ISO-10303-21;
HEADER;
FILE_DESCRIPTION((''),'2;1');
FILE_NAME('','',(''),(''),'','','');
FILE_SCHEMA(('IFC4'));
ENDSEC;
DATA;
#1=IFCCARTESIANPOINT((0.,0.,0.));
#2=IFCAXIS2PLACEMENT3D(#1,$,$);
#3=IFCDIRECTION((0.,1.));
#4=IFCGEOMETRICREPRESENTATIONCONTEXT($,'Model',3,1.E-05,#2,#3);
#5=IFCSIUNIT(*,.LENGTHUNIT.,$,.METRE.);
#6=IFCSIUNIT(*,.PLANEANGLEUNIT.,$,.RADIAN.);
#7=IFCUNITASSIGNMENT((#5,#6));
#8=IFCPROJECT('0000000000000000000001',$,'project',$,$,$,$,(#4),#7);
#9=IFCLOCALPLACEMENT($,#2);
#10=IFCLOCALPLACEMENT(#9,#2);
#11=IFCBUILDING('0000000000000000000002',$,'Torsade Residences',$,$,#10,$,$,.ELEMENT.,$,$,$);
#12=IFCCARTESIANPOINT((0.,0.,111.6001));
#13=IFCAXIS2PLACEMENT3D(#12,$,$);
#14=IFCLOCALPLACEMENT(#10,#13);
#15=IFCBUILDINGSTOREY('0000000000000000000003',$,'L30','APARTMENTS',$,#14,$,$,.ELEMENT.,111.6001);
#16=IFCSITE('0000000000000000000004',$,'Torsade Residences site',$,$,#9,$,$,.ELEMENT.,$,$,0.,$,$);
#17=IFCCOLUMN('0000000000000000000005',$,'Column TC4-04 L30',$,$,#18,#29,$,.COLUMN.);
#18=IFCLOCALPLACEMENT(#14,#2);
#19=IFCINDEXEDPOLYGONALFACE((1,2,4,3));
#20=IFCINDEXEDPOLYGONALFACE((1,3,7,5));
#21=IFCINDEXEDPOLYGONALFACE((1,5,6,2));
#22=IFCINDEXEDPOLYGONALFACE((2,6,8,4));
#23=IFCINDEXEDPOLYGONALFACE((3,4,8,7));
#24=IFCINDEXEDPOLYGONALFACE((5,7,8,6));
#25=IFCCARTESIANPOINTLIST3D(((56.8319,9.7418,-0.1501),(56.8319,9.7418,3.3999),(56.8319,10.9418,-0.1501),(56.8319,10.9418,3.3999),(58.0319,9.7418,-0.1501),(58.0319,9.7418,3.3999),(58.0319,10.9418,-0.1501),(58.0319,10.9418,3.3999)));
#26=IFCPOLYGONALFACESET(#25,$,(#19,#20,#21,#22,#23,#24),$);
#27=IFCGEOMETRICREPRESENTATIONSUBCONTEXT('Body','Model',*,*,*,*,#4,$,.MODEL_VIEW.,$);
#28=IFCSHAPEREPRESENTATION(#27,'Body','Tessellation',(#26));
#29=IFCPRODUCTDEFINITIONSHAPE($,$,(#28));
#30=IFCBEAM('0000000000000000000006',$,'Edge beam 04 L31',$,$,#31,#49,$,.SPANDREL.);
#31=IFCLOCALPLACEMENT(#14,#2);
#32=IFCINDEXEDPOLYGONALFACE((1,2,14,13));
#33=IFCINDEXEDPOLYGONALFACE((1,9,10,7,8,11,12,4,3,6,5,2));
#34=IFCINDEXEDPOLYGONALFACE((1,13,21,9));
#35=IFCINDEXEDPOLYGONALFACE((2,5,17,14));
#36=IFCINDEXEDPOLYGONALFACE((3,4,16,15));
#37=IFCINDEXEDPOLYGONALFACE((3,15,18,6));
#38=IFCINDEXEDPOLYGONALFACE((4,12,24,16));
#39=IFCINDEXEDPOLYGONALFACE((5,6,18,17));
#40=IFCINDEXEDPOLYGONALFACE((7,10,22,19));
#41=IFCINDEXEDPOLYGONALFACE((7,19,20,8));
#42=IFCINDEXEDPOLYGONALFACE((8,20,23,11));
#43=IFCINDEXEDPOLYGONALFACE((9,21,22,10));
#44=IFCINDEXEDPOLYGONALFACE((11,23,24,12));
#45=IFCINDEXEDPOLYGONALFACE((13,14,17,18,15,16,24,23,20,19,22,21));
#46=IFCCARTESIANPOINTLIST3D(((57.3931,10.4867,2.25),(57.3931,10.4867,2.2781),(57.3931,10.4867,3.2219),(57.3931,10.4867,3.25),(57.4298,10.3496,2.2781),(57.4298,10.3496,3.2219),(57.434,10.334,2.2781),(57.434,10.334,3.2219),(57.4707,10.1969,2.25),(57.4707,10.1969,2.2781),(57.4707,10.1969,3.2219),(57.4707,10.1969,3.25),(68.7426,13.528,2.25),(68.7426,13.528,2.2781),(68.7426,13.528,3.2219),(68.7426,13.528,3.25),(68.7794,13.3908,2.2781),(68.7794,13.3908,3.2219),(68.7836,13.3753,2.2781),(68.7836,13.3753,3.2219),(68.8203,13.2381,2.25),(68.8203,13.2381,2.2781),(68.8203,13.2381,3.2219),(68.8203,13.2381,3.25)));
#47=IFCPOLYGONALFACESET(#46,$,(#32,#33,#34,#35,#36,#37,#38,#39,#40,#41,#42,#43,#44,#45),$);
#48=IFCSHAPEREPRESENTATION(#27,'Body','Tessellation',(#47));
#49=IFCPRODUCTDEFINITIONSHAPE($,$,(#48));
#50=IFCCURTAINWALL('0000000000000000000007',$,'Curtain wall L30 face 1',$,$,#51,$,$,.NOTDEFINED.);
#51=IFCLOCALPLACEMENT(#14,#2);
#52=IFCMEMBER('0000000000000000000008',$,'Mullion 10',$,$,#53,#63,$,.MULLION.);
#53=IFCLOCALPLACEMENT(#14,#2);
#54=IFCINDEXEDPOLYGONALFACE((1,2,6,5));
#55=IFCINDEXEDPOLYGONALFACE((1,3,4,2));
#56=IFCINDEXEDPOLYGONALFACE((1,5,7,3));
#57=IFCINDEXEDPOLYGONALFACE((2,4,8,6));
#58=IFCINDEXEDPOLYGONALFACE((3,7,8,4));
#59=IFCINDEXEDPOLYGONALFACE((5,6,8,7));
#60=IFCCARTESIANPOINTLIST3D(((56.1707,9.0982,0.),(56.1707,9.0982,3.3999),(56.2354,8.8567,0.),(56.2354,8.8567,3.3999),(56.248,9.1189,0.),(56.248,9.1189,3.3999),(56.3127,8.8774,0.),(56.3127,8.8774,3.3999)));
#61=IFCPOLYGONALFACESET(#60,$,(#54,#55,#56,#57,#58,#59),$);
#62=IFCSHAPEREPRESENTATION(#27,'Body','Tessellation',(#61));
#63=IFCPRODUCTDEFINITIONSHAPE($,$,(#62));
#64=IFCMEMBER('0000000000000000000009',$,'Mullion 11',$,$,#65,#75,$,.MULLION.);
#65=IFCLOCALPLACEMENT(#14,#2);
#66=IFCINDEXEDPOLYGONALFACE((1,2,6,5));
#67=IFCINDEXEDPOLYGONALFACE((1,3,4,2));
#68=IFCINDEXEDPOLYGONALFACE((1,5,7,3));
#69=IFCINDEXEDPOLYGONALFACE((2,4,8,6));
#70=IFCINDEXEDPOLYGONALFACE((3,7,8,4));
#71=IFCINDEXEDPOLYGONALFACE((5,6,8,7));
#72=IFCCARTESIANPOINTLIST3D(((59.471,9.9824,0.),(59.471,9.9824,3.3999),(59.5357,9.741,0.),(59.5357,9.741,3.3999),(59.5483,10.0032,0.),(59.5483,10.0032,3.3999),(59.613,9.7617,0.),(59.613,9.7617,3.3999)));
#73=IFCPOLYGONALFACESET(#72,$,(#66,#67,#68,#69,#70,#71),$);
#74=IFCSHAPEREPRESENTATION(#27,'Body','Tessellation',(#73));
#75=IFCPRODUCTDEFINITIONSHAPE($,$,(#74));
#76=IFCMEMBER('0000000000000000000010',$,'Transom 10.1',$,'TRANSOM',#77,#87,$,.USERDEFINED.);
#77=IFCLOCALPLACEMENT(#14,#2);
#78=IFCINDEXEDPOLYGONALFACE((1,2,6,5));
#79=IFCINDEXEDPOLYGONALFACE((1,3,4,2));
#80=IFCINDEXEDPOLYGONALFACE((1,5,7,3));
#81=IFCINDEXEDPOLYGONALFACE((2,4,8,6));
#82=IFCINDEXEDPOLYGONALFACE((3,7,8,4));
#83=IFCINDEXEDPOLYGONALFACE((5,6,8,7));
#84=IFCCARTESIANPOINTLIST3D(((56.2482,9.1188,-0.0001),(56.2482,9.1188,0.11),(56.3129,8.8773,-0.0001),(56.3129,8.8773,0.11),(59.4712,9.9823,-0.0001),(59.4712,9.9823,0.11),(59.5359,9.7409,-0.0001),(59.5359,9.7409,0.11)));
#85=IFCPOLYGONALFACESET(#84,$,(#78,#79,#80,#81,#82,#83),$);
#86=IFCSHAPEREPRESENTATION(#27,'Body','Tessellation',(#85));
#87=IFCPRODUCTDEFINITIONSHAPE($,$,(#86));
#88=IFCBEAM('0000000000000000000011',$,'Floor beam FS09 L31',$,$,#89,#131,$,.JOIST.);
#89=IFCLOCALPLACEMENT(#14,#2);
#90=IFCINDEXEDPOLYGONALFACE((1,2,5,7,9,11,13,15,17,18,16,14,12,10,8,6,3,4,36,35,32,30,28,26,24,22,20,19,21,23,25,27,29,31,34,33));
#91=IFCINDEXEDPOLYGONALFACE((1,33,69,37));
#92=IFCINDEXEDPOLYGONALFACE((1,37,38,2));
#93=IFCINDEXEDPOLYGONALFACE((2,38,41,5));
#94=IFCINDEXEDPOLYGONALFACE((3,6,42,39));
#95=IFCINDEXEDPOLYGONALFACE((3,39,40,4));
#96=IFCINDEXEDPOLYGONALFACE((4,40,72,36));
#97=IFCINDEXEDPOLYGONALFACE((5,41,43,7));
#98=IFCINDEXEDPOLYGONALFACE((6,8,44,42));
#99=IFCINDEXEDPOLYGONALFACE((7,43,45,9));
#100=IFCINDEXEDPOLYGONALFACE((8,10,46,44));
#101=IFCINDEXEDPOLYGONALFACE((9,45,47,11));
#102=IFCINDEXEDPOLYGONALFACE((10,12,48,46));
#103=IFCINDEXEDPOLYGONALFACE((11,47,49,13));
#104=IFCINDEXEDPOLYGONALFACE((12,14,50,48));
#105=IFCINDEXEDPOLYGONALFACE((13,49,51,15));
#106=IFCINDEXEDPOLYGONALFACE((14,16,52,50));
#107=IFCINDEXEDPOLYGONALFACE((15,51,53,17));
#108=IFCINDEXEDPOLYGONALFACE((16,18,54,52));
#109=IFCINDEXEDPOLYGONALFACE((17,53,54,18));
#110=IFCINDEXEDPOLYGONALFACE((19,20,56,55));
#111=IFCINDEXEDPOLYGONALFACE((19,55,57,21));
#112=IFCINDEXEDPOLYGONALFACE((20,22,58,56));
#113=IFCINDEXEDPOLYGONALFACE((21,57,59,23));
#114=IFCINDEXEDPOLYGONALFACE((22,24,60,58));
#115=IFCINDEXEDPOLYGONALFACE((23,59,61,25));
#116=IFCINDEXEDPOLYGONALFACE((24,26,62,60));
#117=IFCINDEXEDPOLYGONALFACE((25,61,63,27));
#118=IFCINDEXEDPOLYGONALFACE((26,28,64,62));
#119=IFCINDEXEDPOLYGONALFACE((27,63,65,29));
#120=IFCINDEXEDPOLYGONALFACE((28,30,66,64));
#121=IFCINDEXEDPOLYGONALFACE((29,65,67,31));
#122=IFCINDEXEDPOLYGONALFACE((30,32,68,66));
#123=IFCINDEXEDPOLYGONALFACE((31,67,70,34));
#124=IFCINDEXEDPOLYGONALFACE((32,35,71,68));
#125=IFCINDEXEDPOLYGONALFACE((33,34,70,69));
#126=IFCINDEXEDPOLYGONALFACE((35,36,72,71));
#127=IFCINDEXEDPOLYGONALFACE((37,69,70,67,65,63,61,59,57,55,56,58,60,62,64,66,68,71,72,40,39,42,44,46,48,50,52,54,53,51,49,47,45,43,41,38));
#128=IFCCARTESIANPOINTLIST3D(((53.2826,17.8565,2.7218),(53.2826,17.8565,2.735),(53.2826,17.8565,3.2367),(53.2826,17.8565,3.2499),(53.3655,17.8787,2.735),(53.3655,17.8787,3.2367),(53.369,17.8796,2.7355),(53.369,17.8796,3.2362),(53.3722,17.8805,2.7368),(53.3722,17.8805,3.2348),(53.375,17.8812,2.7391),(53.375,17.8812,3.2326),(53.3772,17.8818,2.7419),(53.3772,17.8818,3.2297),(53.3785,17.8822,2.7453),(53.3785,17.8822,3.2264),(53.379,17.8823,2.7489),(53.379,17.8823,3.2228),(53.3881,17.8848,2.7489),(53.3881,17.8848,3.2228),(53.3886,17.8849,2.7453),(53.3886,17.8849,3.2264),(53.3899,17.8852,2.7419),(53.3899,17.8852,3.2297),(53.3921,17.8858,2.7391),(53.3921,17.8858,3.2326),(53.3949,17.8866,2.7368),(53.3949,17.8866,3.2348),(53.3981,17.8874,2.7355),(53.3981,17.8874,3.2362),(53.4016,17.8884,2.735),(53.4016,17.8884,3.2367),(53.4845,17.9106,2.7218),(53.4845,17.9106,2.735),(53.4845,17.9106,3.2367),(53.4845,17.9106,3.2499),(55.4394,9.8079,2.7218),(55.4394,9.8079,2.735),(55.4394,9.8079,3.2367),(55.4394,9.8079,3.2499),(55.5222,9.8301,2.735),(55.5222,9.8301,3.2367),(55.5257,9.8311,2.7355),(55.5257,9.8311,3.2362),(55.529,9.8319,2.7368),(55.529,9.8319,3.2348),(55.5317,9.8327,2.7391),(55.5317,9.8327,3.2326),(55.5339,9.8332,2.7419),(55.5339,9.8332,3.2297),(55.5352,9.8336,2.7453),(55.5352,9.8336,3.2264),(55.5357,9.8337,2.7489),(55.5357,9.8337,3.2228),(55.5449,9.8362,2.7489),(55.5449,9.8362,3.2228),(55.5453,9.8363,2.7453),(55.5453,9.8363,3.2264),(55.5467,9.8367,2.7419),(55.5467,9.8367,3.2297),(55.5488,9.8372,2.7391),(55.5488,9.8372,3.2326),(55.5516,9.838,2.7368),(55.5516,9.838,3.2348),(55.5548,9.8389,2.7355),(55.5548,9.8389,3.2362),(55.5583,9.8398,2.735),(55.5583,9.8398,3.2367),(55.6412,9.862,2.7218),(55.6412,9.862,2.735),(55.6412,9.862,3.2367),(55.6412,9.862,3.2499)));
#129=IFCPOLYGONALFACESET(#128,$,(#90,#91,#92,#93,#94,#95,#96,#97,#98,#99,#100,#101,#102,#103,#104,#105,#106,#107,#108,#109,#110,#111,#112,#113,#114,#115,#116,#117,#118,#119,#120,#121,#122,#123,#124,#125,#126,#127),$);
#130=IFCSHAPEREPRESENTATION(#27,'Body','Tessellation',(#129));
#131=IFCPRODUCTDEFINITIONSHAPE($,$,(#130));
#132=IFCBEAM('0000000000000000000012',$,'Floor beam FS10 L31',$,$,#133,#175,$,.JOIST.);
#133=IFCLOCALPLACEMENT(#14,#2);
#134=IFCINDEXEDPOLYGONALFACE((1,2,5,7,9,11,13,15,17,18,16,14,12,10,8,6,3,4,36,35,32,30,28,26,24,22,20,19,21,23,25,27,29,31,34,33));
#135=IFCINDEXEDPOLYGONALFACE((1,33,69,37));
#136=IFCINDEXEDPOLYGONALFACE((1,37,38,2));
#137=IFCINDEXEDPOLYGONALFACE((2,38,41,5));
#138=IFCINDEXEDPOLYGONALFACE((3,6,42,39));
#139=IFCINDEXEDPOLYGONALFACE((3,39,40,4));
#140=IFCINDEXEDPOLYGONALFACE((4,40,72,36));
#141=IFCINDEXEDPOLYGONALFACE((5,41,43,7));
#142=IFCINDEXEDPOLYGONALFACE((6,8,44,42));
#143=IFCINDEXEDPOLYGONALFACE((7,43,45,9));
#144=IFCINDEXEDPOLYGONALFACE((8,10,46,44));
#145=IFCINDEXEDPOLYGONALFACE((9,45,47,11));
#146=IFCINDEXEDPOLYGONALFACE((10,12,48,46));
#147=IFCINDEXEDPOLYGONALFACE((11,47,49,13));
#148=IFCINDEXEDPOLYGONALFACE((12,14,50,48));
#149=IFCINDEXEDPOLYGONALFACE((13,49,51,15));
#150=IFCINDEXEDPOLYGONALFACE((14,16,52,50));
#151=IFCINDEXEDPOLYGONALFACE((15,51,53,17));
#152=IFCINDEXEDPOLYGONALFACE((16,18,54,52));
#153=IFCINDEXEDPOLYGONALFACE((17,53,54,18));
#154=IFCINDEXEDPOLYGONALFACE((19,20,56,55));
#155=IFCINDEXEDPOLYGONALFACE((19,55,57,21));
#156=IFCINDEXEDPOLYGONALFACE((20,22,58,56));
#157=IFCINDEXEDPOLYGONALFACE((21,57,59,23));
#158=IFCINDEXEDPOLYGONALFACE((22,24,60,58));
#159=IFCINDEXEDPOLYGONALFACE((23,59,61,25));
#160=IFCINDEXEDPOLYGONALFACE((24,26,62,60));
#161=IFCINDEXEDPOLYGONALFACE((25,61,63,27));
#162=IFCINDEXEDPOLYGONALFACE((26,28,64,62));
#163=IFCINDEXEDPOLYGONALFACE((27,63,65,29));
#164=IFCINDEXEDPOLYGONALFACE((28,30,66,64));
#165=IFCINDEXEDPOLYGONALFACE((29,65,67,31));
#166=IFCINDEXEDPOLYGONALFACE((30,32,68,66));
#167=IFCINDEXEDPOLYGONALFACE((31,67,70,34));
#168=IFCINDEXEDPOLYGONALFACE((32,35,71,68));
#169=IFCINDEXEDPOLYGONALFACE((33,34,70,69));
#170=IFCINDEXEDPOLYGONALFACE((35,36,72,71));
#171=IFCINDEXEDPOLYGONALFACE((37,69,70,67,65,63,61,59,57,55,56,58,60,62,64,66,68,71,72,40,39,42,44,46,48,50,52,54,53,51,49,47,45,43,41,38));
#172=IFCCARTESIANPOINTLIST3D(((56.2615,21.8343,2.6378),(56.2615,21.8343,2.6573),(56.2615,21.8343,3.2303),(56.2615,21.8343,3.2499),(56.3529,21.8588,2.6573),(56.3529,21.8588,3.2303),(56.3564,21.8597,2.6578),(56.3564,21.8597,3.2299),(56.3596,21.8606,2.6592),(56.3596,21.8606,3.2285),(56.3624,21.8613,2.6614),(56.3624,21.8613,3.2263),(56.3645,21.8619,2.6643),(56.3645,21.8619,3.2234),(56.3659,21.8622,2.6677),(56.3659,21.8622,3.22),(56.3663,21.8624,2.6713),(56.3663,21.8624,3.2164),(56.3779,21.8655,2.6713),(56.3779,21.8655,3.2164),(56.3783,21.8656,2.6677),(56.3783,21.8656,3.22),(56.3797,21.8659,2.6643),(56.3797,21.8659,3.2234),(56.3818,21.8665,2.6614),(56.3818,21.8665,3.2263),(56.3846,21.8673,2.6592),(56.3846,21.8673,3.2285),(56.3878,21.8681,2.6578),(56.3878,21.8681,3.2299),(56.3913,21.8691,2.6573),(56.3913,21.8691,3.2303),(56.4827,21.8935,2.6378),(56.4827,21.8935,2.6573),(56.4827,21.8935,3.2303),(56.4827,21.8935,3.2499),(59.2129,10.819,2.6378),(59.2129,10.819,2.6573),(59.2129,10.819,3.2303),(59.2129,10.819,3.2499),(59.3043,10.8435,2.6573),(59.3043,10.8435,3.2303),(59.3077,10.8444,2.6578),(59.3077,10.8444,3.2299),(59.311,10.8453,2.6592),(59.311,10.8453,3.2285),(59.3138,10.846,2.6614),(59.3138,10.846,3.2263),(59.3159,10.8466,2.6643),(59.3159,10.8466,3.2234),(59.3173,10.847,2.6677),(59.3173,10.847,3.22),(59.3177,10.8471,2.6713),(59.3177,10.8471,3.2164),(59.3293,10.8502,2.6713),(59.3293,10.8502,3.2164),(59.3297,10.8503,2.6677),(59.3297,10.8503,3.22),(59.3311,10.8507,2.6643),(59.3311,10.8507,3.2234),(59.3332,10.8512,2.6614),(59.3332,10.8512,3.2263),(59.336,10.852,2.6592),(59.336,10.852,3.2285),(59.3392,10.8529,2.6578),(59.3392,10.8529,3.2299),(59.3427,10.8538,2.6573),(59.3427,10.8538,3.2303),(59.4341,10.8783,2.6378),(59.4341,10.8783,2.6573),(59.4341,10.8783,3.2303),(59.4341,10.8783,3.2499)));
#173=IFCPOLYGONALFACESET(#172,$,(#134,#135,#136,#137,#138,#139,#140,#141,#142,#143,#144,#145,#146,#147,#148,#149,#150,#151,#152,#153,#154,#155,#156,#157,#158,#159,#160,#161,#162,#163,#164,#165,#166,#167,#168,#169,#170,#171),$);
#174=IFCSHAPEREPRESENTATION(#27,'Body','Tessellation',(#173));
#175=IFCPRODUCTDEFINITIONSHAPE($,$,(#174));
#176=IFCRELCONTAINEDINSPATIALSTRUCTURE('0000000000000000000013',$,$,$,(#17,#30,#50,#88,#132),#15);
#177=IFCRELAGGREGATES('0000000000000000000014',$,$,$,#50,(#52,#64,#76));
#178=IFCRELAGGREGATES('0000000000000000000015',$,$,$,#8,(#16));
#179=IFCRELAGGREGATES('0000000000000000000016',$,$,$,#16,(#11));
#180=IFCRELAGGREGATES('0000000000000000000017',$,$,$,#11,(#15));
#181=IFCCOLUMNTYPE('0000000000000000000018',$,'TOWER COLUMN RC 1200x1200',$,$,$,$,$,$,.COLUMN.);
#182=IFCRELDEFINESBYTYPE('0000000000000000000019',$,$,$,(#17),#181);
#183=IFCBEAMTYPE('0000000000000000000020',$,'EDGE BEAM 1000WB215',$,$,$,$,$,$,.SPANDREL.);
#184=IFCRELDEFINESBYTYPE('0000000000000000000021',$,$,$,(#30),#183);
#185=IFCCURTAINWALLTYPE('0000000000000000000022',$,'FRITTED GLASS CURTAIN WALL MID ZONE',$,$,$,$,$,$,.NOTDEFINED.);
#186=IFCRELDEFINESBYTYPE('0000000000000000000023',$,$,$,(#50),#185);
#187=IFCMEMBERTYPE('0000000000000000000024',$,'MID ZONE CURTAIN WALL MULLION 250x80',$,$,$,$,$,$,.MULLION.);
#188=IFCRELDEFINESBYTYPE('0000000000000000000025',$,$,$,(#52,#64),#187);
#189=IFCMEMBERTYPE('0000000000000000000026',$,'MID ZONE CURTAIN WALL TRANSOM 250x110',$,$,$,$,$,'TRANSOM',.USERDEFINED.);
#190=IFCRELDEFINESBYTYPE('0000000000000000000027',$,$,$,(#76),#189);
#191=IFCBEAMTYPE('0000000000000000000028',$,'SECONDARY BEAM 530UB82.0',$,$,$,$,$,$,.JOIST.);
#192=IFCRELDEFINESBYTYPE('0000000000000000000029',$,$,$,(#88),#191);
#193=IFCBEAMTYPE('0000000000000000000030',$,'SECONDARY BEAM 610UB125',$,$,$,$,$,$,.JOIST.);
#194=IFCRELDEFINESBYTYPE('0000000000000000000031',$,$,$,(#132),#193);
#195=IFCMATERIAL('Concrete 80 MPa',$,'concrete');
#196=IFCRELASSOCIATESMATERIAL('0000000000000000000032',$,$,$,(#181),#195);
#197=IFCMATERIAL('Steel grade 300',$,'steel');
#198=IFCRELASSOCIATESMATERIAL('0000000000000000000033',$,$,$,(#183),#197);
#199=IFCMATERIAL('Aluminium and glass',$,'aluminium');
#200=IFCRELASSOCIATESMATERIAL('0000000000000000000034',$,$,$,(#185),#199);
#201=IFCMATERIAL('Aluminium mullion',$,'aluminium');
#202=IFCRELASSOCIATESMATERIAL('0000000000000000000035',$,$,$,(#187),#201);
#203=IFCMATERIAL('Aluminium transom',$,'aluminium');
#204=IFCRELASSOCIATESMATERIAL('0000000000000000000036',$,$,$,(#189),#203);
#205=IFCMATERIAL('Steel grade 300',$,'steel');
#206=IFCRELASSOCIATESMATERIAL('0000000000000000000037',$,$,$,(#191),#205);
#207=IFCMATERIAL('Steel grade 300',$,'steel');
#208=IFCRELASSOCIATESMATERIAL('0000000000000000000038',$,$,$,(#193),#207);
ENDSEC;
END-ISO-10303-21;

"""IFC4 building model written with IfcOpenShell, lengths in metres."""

from ifc_helpers import new_model, si_unit, direction, frame, origin, origin_2d, place, context, subcontext, project, spatial, rectangle, i_section, extrude, material, material_profile, profile_set, type_object, element, aggregate, save


model = new_model("IFC4")

# Units and contexts
model_context = context("Model", 3, precision=1e-05, world=origin(), true_north=direction((0.0, 1.0)))
body_context = subcontext(model_context, "Body", "Model", "MODEL_VIEW")
ifc_project = project(units=[si_unit("LENGTHUNIT", "METRE"), si_unit("PLANEANGLEUNIT", "RADIAN")], contexts=[model_context])

# Site, building, storey
site_placement = place(None, origin())
site = spatial("IfcSite", under=ifc_project, at=site_placement, Name="Torsade Residences site", CompositionType="ELEMENT", RefElevation=0.0)
building_placement = place(site_placement, origin())
building = spatial("IfcBuilding", under=site, at=building_placement, Name="Torsade Residences", CompositionType="ELEMENT")
storey_placement = place(building_placement, frame((0.0, 0.0, 111.6001)))
storey = spatial("IfcBuildingStorey", under=building, at=storey_placement, Name="L30", Description="APARTMENTS", CompositionType="ELEMENT", Elevation=111.6001)

# Column
ifc_material_1 = material(Name="Concrete 80 MPa", Category="concrete")
ifc_material_profile_1 = material_profile(ifc_material_1, rectangle(XDim=1.2, YDim=1.2, at=origin_2d()), Name="RC 1200x1200")
ifc_profile_set_1 = profile_set([ifc_material_profile_1], Name="Concrete 80 MPa")
column_type = type_object("IfcColumnType", Name="TOWER COLUMN RC 1200x1200", PredefinedType="COLUMN", material=ifc_profile_set_1)
column_placement = place(storey_placement, frame((57.4319, 10.3418, -0.1501), z_axis=(0.0, 0.0, 1.0), x_axis=(1.0, 0.0, 0.0)))
element("IfcColumn", 1, at=column_placement, inside=storey, type_object=column_type, Name="Column TC4-04 L30", PredefinedType="COLUMN", context=body_context, shape_type="SweptSolid", body=[
    extrude(rectangle(XDim=1.2, YDim=1.2, at=origin_2d()), origin(), (0.0, 0.0, 1.0), 3.55),
])

# Beam
ifc_material_2 = material(Name="Steel grade 300", Category="steel")
ifc_material_profile_2 = material_profile(ifc_material_2, i_section(OverallWidth=0.3, OverallDepth=1.0, WebThickness=0.0161, FlangeThickness=0.0281, at=origin_2d()), Name="1000WB215")
ifc_profile_set_2 = profile_set([ifc_material_profile_2], Name="Steel grade 300")
beam_type_1 = type_object("IfcBeamType", Name="EDGE BEAM 1000WB215", PredefinedType="SPANDREL", material=ifc_profile_set_2)
beam_1_placement = place(storey_placement, frame((57.4319, 10.3418, 2.75), z_axis=(0.965923, 0.25883, 0.0), x_axis=(-0.25883, 0.965923, 0.0)))
element("IfcBeam", 2, at=beam_1_placement, inside=storey, type_object=beam_type_1, Name="Edge beam 04 L31", PredefinedType="SPANDREL", context=body_context, shape_type="SweptSolid", body=[
    extrude(i_section(OverallWidth=0.3, OverallDepth=1.0, WebThickness=0.0161, FlangeThickness=0.0281, at=origin_2d()), origin(), (0.0, 0.0, 1.0), 11.75),
])

# Curtain wall, members
ifc_material_3 = material(Name="Aluminium and glass", Category="aluminium")
curtain_wall_type = type_object("IfcCurtainWallType", Name="FRITTED GLASS CURTAIN WALL MID ZONE", PredefinedType="NOTDEFINED", material=ifc_material_3)
curtain_wall_placement = place(storey_placement, origin())
curtain_wall = element("IfcCurtainWall", 3, at=curtain_wall_placement, inside=storey, type_object=curtain_wall_type, Name="Curtain wall L30 face 1", PredefinedType="NOTDEFINED")
ifc_material_4 = material(Name="Aluminium mullion", Category="aluminium")
ifc_material_profile_3 = material_profile(ifc_material_4, rectangle(XDim=0.25, YDim=0.0801, at=origin_2d()), Name="MID ZONE CURTAIN WALL MULLION 250x80")
ifc_profile_set_3 = profile_set([ifc_material_profile_3], Name="Aluminium mullion")
member_type_1 = type_object("IfcMemberType", Name="MID ZONE CURTAIN WALL MULLION 250x80", PredefinedType="MULLION", material=ifc_profile_set_3)
member_1_placement = place(storey_placement, frame((56.2417, 8.9878, 0.0), z_axis=(0.0, 0.0, 1.0), x_axis=(-0.258819, 0.965926, 0.0)))
member_1 = element("IfcMember", 4, at=member_1_placement, type_object=member_type_1, Name="Mullion 10", PredefinedType="MULLION", context=body_context, shape_type="SweptSolid", body=[
    extrude(rectangle(XDim=0.25, YDim=0.0801, at=origin_2d()), origin(), (0.0, 0.0, 1.0), 3.3999),
])
member_2_placement = place(storey_placement, frame((59.542, 9.8721, 0.0), z_axis=(0.0, 0.0, 1.0), x_axis=(-0.258819, 0.965926, 0.0)))
member_2 = element("IfcMember", 5, at=member_2_placement, type_object=member_type_1, Name="Mullion 11", PredefinedType="MULLION", context=body_context, shape_type="SweptSolid", body=[
    extrude(rectangle(XDim=0.25, YDim=0.0801, at=origin_2d()), origin(), (0.0, 0.0, 1.0), 3.3999),
])
ifc_material_5 = material(Name="Aluminium transom", Category="aluminium")
ifc_material_profile_4 = material_profile(ifc_material_5, rectangle(XDim=0.25, YDim=0.1101, at=origin_2d()), Name="MID ZONE CURTAIN WALL TRANSOM 250x110")
ifc_profile_set_4 = profile_set([ifc_material_profile_4], Name="Aluminium transom")
member_type_2 = type_object("IfcMemberType", Name="MID ZONE CURTAIN WALL TRANSOM 250x110", ElementType="TRANSOM", PredefinedType="USERDEFINED", material=ifc_profile_set_4)
member_3_placement = place(storey_placement, frame((56.2805, 8.998, 0.0549), z_axis=(0.965929, 0.258806, 0.0), x_axis=(-0.258806, 0.965929, 0.0)))
member_3 = element("IfcMember", 6, at=member_3_placement, type_object=member_type_2, Name="Transom 10.1", ObjectType="TRANSOM", PredefinedType="USERDEFINED", context=body_context, shape_type="SweptSolid", body=[
    extrude(rectangle(XDim=0.25, YDim=0.1101, at=origin_2d()), origin(), (0.0, 0.0, 1.0), 3.3367),
])

# Beams
ifc_material_6 = material(Name="Steel grade 300", Category="steel")
ifc_material_profile_5 = material_profile(ifc_material_6, i_section(OverallWidth=0.209, OverallDepth=0.5281, WebThickness=0.0095, FlangeThickness=0.0132, FilletRadius=0.0139, at=origin_2d()), Name="530UB82.0")
ifc_profile_set_5 = profile_set([ifc_material_profile_5], Name="Steel grade 300")
beam_type_2 = type_object("IfcBeamType", Name="SECONDARY BEAM 530UB82.0", PredefinedType="JOIST", material=ifc_profile_set_5)
beam_2_placement = place(storey_placement, frame((55.5403, 9.835, 2.9858), z_axis=(-0.258833, 0.965922, 0.0), x_axis=(-0.965922, -0.258833, 0.0)))
element("IfcBeam", 7, at=beam_2_placement, inside=storey, type_object=beam_type_2, Name="Floor beam FS09 L31", PredefinedType="JOIST", context=body_context, shape_type="SweptSolid", body=[
    extrude(i_section(OverallWidth=0.209, OverallDepth=0.5281, WebThickness=0.0095, FlangeThickness=0.0132, FilletRadius=0.0139, at=origin_2d()), origin(), (0.0, 0.0, 1.0), 8.3325),
])
ifc_material_7 = material(Name="Steel grade 300", Category="steel")
ifc_material_profile_6 = material_profile(ifc_material_7, i_section(OverallWidth=0.229, OverallDepth=0.6121, WebThickness=0.012, FlangeThickness=0.0195, FilletRadius=0.0139, at=origin_2d()), Name="610UB125")
ifc_profile_set_6 = profile_set([ifc_material_profile_6], Name="Steel grade 300")
beam_type_3 = type_object("IfcBeamType", Name="SECONDARY BEAM 610UB125", PredefinedType="JOIST", material=ifc_profile_set_6)
beam_3_placement = place(storey_placement, frame((59.3235, 10.8486, 2.9438), z_axis=(-0.258807, 0.965929, 0.0), x_axis=(-0.965929, -0.258807, 0.0)))
element("IfcBeam", 8, at=beam_3_placement, inside=storey, type_object=beam_type_3, Name="Floor beam FS10 L31", PredefinedType="JOIST", context=body_context, shape_type="SweptSolid", body=[
    extrude(i_section(OverallWidth=0.229, OverallDepth=0.6121, WebThickness=0.012, FlangeThickness=0.0195, FilletRadius=0.0139, at=origin_2d()), origin(), (0.0, 0.0, 1.0), 11.4038),
])

aggregate(curtain_wall, [member_1, member_2, member_3])

save(model, "model.ifc")
